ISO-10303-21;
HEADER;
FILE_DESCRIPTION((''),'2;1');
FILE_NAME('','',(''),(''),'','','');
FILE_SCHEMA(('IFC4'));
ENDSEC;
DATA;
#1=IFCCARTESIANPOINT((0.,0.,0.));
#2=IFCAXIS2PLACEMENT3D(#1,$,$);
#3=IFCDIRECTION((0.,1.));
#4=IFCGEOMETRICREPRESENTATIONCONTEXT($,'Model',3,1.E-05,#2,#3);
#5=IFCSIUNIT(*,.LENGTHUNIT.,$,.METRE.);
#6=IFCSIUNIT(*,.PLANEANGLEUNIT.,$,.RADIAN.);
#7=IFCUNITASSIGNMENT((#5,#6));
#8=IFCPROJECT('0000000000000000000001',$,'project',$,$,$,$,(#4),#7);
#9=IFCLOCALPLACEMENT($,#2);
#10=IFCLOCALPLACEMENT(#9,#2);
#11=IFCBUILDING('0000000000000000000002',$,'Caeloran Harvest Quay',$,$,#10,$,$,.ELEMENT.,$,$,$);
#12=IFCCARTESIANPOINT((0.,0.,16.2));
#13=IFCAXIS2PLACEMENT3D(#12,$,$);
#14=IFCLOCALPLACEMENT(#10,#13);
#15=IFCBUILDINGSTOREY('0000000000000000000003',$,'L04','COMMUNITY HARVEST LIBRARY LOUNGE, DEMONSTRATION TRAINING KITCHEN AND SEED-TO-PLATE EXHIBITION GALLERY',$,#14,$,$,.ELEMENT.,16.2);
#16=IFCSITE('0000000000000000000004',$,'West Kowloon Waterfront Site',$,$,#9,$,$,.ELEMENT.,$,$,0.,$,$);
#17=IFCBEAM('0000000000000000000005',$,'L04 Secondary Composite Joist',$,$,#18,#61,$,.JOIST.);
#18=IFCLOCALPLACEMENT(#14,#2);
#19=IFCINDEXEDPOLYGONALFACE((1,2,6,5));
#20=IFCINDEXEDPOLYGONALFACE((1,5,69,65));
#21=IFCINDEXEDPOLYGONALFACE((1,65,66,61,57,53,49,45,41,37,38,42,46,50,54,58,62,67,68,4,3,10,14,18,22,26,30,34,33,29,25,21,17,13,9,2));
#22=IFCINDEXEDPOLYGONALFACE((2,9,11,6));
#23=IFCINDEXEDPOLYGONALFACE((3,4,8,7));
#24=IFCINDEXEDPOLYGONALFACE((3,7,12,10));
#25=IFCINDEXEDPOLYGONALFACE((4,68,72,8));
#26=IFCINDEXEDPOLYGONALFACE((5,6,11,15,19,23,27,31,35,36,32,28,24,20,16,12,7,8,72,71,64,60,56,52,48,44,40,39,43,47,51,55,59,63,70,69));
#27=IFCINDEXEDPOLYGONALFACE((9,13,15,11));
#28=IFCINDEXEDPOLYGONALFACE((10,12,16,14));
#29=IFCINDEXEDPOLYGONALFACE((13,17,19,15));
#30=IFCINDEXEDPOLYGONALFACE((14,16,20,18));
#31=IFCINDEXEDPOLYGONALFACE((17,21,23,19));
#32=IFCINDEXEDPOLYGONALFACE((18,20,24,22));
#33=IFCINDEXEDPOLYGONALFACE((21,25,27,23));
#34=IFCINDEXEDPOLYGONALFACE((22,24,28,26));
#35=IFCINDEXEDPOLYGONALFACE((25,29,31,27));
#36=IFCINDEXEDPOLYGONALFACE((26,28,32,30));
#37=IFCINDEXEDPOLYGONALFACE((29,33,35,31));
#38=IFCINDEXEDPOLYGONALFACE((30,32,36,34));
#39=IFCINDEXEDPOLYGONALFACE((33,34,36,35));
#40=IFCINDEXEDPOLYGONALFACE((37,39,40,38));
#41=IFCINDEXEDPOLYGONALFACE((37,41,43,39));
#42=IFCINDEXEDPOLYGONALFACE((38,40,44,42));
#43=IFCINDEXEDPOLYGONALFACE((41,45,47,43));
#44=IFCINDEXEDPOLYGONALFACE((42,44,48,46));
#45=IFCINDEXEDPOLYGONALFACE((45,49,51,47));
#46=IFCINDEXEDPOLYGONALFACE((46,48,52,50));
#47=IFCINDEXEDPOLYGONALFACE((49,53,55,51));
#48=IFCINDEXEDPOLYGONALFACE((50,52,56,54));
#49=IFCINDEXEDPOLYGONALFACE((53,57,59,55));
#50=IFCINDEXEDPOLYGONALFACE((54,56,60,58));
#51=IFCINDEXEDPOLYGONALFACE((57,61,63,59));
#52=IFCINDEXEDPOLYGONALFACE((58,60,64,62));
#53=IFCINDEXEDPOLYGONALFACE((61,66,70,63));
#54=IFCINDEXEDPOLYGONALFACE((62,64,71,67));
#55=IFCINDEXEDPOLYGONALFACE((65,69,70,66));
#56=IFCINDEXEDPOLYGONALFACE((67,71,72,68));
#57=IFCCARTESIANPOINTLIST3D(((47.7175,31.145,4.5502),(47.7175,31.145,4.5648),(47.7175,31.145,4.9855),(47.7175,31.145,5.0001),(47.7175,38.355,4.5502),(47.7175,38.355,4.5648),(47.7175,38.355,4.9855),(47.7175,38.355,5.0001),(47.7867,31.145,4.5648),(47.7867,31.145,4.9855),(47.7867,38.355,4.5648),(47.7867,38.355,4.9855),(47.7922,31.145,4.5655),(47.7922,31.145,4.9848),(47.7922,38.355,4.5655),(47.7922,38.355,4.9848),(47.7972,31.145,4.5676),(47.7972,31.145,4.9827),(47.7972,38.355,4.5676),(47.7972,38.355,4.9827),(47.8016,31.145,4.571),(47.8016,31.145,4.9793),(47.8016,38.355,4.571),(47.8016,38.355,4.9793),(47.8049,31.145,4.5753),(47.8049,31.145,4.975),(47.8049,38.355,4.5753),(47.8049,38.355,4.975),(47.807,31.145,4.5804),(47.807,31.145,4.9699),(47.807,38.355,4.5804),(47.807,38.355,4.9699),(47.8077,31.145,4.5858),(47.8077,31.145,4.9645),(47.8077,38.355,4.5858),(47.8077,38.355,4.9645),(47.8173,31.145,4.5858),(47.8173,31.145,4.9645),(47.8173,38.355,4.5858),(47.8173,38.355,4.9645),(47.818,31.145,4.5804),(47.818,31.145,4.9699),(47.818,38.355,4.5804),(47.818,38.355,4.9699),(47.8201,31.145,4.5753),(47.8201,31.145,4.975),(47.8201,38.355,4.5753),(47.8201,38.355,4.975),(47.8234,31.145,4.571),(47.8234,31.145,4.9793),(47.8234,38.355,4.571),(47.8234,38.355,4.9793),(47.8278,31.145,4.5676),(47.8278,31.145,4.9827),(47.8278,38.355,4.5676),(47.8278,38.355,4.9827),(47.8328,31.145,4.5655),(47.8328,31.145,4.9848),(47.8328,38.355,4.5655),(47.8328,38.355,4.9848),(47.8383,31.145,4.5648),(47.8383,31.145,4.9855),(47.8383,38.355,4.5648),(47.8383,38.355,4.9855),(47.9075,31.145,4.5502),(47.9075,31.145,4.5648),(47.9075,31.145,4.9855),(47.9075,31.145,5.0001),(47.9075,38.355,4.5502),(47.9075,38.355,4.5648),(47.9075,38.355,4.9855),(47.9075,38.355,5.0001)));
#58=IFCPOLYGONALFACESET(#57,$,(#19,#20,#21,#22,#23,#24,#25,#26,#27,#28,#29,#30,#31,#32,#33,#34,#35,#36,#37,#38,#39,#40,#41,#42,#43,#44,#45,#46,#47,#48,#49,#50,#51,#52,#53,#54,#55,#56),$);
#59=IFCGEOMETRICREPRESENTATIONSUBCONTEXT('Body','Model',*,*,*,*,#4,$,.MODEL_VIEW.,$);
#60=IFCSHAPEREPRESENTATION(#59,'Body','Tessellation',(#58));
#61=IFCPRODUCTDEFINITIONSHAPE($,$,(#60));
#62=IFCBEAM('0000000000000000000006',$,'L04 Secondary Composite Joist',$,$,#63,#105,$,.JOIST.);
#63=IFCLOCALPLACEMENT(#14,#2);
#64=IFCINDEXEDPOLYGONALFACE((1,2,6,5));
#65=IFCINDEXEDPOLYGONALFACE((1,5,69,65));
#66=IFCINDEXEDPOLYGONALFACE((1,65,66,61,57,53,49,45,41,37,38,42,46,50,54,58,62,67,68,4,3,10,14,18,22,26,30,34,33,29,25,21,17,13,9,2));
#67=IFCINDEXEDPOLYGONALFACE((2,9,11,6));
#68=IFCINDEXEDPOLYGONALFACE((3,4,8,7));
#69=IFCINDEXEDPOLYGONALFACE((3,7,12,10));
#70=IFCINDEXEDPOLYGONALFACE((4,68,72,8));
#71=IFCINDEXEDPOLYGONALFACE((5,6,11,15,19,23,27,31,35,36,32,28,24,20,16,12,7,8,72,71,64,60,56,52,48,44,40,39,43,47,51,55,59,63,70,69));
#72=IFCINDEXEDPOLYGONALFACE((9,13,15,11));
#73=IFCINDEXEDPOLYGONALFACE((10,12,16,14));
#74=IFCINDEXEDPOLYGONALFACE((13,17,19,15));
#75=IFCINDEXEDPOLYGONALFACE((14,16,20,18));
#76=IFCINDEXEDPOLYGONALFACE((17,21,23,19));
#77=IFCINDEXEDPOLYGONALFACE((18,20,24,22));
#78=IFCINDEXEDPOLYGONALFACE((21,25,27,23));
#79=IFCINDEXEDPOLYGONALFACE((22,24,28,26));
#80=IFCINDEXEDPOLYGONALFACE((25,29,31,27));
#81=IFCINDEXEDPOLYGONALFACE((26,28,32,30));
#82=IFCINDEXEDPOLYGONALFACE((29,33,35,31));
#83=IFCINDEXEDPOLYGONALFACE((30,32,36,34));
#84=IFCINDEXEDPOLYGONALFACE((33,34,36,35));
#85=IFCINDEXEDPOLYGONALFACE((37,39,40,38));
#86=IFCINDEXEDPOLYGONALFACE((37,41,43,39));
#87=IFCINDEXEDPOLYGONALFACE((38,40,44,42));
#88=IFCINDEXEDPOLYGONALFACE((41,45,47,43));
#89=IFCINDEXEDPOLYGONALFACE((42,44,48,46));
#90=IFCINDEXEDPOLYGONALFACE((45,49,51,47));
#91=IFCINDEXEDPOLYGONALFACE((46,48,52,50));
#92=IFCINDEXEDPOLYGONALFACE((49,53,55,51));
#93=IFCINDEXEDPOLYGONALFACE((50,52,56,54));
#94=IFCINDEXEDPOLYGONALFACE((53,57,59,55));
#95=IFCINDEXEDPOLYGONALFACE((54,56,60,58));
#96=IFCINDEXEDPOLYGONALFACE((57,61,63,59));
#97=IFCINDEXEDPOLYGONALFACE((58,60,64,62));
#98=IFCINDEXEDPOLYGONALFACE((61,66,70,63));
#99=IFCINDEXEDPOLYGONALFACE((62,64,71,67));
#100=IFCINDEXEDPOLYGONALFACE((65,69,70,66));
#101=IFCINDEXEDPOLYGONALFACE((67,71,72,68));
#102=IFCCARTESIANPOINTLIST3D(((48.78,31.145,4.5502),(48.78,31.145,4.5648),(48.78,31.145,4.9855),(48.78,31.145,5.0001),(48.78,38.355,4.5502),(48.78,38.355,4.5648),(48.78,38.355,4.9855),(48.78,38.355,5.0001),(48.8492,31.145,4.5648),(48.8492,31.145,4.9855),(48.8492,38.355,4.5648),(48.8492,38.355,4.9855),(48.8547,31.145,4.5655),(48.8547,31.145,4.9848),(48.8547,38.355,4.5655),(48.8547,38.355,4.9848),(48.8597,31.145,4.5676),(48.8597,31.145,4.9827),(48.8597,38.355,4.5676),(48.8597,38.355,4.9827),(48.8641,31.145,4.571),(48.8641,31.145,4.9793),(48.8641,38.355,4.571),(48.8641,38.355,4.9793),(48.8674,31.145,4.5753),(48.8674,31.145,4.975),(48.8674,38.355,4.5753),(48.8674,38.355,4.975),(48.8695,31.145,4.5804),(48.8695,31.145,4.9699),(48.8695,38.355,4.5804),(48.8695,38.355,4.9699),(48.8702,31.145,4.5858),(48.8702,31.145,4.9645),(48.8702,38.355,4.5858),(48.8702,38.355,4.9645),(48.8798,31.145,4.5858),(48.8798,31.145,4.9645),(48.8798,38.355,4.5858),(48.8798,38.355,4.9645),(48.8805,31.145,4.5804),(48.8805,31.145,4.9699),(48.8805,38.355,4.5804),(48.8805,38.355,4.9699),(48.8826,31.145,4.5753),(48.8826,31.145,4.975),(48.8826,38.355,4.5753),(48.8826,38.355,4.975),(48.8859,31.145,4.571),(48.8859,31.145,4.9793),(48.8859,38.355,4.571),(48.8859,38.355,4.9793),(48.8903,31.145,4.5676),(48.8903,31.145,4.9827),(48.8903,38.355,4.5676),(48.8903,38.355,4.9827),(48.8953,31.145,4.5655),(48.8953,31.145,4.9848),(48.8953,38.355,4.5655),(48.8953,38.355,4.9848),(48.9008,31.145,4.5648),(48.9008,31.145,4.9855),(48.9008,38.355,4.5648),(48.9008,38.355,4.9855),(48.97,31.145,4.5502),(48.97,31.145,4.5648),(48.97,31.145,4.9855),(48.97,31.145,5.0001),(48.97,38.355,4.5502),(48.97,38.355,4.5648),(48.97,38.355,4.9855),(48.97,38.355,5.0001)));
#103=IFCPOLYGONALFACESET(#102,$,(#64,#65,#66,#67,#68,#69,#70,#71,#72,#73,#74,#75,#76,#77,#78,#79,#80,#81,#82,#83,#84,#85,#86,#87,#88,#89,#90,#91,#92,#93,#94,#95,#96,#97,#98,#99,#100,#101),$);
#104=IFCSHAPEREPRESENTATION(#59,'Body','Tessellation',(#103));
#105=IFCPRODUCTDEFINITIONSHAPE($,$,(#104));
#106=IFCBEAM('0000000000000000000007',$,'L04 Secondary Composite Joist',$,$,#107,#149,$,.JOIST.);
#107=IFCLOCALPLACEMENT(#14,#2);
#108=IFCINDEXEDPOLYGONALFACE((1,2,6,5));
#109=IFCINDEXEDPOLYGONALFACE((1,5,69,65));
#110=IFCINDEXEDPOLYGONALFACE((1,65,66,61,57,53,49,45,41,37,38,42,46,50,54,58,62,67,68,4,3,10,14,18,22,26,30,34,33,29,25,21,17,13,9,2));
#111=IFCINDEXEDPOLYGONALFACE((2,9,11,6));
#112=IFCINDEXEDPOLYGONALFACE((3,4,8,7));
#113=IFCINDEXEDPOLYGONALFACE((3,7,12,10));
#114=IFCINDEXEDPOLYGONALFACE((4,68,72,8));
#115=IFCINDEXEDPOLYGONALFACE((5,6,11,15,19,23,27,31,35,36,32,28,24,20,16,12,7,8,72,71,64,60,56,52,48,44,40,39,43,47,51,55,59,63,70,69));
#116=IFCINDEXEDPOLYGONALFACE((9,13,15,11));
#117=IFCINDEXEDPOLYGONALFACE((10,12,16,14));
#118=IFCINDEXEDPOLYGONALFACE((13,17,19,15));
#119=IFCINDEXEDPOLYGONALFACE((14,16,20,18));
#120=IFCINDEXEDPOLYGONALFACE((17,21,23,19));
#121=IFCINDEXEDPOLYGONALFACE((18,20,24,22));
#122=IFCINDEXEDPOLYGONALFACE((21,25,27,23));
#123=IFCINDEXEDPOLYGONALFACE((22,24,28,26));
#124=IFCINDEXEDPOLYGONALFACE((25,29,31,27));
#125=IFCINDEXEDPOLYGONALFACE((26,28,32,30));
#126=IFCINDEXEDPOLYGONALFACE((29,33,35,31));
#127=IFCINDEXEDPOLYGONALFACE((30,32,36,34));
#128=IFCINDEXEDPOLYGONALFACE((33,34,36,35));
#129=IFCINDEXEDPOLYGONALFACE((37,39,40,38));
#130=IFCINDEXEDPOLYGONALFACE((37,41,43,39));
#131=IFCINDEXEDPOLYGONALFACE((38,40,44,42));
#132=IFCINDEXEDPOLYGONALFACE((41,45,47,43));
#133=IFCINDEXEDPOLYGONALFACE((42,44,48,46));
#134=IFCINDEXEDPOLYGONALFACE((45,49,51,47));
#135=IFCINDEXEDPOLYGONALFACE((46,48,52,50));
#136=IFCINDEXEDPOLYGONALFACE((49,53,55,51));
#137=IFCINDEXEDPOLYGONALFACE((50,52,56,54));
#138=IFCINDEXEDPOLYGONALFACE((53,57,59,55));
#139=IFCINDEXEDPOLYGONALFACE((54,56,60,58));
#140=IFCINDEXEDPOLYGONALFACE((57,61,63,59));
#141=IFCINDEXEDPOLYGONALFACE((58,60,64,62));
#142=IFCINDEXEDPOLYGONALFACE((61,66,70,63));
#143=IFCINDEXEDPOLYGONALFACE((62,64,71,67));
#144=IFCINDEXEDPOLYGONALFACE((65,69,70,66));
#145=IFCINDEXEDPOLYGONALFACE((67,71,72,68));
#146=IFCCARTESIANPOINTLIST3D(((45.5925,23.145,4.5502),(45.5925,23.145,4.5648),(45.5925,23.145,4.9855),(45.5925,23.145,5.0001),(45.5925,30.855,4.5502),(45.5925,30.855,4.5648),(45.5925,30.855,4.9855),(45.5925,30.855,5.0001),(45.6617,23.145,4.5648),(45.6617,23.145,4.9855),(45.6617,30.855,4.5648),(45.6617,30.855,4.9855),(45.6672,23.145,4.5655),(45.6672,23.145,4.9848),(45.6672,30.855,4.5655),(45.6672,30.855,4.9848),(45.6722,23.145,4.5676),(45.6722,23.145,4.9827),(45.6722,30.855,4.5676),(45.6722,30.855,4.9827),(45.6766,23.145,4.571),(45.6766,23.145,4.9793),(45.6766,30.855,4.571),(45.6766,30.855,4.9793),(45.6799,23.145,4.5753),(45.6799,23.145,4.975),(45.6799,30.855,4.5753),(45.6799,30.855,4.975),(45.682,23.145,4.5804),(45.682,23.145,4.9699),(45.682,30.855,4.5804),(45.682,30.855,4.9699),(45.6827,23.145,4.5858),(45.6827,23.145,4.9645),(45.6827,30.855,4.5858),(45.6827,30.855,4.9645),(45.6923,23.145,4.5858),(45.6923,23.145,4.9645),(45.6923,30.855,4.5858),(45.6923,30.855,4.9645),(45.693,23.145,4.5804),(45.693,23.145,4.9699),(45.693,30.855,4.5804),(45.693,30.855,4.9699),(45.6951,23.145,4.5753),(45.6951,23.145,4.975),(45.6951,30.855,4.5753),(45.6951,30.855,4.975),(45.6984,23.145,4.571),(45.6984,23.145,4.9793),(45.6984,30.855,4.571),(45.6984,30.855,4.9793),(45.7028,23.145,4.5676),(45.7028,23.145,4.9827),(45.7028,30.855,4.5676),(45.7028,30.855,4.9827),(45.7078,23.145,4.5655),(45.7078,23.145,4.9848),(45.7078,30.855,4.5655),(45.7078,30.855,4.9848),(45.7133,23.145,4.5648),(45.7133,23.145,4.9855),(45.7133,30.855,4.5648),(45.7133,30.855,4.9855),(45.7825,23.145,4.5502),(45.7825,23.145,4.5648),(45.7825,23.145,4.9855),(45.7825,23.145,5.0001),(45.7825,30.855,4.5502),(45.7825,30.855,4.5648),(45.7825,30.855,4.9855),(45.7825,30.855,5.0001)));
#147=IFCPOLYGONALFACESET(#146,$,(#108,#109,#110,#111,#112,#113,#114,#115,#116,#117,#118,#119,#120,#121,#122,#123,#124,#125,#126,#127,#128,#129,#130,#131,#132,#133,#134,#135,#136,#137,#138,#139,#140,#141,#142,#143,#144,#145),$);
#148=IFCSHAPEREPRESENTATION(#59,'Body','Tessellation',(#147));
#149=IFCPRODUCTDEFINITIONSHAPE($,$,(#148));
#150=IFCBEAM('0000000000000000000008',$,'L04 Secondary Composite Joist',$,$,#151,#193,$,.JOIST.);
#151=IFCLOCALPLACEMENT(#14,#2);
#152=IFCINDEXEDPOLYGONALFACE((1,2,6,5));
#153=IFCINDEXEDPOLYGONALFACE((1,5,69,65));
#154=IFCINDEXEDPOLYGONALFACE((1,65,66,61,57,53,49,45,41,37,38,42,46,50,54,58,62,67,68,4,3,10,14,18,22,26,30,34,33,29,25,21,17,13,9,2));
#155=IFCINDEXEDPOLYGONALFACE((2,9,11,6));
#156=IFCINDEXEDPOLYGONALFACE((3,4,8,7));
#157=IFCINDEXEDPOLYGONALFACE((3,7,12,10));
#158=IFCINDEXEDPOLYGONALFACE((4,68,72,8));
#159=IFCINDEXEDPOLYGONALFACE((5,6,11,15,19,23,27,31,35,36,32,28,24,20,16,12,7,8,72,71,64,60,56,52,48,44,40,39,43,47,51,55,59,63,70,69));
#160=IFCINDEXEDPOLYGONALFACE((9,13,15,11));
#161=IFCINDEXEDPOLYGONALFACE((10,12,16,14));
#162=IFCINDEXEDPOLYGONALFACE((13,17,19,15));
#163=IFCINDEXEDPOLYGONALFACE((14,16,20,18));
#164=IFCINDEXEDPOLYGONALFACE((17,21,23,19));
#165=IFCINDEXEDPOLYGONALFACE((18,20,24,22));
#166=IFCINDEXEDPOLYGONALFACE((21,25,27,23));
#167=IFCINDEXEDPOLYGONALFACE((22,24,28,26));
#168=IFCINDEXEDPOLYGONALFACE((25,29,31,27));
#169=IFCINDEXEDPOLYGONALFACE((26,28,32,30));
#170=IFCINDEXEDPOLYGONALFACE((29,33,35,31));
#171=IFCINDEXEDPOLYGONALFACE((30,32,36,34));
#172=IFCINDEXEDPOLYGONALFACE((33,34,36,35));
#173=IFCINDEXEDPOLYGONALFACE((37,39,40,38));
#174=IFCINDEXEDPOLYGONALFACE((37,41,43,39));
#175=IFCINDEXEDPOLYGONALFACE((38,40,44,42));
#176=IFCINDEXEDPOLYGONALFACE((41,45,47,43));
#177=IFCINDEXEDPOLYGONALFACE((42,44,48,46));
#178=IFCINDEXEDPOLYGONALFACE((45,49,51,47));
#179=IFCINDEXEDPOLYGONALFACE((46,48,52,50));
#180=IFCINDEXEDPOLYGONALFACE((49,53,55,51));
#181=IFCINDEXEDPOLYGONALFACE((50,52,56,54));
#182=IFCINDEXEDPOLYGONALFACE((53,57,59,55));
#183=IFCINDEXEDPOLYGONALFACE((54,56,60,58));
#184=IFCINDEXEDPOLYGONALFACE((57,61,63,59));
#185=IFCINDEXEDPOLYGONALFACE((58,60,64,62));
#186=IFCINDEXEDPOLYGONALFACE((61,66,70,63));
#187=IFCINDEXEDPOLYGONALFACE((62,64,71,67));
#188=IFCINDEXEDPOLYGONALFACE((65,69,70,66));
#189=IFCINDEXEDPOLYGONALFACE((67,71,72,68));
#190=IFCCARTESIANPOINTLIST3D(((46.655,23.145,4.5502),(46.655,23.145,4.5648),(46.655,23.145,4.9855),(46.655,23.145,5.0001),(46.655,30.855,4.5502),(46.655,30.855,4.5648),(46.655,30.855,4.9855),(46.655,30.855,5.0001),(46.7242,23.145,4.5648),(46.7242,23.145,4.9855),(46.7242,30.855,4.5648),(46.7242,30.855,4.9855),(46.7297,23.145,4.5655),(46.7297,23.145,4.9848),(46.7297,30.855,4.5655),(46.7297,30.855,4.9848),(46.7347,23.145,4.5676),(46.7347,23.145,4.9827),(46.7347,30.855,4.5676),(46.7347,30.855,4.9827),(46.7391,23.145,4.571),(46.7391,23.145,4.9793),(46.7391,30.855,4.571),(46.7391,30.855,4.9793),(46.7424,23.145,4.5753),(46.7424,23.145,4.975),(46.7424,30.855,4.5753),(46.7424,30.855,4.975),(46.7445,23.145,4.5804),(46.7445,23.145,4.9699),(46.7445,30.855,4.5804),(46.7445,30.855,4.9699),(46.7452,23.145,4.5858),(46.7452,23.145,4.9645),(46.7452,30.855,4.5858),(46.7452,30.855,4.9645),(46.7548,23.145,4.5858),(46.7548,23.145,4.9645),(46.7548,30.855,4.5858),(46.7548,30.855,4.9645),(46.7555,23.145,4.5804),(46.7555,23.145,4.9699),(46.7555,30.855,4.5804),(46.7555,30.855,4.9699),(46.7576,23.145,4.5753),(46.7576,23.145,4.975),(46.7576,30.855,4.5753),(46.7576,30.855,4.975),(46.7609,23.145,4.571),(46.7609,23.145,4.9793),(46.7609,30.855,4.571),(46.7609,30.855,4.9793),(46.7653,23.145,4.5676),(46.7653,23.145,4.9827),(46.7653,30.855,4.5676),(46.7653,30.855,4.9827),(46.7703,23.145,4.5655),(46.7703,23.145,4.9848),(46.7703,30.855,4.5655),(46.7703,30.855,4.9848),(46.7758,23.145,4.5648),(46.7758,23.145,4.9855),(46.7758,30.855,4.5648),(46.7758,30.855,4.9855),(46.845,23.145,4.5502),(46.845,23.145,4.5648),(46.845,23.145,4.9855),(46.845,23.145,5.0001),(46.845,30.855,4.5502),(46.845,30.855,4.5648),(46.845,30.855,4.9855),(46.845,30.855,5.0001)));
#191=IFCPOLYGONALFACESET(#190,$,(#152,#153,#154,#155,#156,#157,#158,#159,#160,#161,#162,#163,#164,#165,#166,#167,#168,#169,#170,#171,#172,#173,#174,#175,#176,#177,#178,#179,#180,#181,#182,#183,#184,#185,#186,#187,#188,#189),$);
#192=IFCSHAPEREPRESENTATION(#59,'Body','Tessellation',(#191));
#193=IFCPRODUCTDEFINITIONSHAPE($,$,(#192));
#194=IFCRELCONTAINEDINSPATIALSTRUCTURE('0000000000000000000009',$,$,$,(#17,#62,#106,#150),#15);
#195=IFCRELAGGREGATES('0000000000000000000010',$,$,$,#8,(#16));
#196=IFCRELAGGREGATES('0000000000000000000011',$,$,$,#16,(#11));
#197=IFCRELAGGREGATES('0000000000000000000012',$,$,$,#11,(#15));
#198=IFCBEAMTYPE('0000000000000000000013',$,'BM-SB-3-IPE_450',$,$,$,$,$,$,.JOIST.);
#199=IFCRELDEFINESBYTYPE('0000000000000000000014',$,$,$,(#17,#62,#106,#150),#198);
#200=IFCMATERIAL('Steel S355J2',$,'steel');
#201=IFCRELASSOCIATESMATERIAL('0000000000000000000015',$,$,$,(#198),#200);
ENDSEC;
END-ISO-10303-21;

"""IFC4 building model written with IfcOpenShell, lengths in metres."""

from ifc_helpers import new_model, si_unit, direction, frame, origin, origin_2d, place, context, subcontext, project, spatial, i_section, extrude, material, material_profile, profile_set, type_object, element, save


model = new_model("IFC4")

# Units and contexts
model_context = context("Model", 3, precision=1e-05, world=origin(), true_north=direction((0.0, 1.0)))
body_context = subcontext(model_context, "Body", "Model", "MODEL_VIEW")
ifc_project = project(units=[si_unit("LENGTHUNIT", "METRE"), si_unit("PLANEANGLEUNIT", "RADIAN")], contexts=[model_context])

# Site, building, storey
site_placement = place(None, origin())
site = spatial("IfcSite", under=ifc_project, at=site_placement, Name="West Kowloon Waterfront Site", CompositionType="ELEMENT", RefElevation=0.0)
building_placement = place(site_placement, origin())
building = spatial("IfcBuilding", under=site, at=building_placement, Name="Caeloran Harvest Quay", CompositionType="ELEMENT")
storey_placement = place(building_placement, frame((0.0, 0.0, 16.2)))
storey = spatial("IfcBuildingStorey", under=building, at=storey_placement, Name="L04", Description="COMMUNITY HARVEST LIBRARY LOUNGE, DEMONSTRATION TRAINING KITCHEN AND SEED-TO-PLATE EXHIBITION GALLERY", CompositionType="ELEMENT", Elevation=16.2)

# Beams
ifc_material_1 = material(Name="Steel S355J2", Category="steel")
ifc_material_profile_1 = material_profile(ifc_material_1, i_section(OverallWidth=0.1899, OverallDepth=0.45, WebThickness=0.0095, FlangeThickness=0.0146, FilletRadius=0.021, at=origin_2d()), Name="IPE 450")
ifc_profile_set_1 = profile_set([ifc_material_profile_1], Name="Steel S355J2")
beam_type_1 = type_object("IfcBeamType", Name="BM-SB-3-IPE_450", PredefinedType="JOIST", material=ifc_profile_set_1)
for number, where, z_axis, x_axis, name in (
    (1, (47.8125, 31.145, 4.7751), (0.0, 1.0, 0.0), (-1.0, 0.0, 0.0), "L04 Secondary Composite Joist"),
    (2, (48.875, 31.145, 4.7751), (0.0, 1.0, 0.0), (-1.0, 0.0, 0.0), "L04 Secondary Composite Joist"),
):
    element("IfcBeam", number, at=place(storey_placement, frame(where, z_axis=z_axis, x_axis=x_axis)), inside=storey, type_object=beam_type_1, Name=name, PredefinedType="JOIST", context=body_context, shape_type="SweptSolid", body=[
        extrude(i_section(OverallWidth=0.1899, OverallDepth=0.45, WebThickness=0.0095, FlangeThickness=0.0146, FilletRadius=0.021, at=origin_2d()), origin(), (0.0, 0.0, 1.0), 7.21),
    ])
for number, where, z_axis, x_axis, name in (
    (3, (45.6875, 23.145, 4.7751), (0.0, 1.0, 0.0), (-1.0, 0.0, 0.0), "L04 Secondary Composite Joist"),
    (4, (46.75, 23.145, 4.7751), (0.0, 1.0, 0.0), (-1.0, 0.0, 0.0), "L04 Secondary Composite Joist"),
):
    element("IfcBeam", number, at=place(storey_placement, frame(where, z_axis=z_axis, x_axis=x_axis)), inside=storey, type_object=beam_type_1, Name=name, PredefinedType="JOIST", context=body_context, shape_type="SweptSolid", body=[
        extrude(i_section(OverallWidth=0.1899, OverallDepth=0.45, WebThickness=0.0095, FlangeThickness=0.0146, FilletRadius=0.021, at=origin_2d()), origin(), (0.0, 0.0, 1.0), 7.71),
    ])

save(model, "model.ifc")
